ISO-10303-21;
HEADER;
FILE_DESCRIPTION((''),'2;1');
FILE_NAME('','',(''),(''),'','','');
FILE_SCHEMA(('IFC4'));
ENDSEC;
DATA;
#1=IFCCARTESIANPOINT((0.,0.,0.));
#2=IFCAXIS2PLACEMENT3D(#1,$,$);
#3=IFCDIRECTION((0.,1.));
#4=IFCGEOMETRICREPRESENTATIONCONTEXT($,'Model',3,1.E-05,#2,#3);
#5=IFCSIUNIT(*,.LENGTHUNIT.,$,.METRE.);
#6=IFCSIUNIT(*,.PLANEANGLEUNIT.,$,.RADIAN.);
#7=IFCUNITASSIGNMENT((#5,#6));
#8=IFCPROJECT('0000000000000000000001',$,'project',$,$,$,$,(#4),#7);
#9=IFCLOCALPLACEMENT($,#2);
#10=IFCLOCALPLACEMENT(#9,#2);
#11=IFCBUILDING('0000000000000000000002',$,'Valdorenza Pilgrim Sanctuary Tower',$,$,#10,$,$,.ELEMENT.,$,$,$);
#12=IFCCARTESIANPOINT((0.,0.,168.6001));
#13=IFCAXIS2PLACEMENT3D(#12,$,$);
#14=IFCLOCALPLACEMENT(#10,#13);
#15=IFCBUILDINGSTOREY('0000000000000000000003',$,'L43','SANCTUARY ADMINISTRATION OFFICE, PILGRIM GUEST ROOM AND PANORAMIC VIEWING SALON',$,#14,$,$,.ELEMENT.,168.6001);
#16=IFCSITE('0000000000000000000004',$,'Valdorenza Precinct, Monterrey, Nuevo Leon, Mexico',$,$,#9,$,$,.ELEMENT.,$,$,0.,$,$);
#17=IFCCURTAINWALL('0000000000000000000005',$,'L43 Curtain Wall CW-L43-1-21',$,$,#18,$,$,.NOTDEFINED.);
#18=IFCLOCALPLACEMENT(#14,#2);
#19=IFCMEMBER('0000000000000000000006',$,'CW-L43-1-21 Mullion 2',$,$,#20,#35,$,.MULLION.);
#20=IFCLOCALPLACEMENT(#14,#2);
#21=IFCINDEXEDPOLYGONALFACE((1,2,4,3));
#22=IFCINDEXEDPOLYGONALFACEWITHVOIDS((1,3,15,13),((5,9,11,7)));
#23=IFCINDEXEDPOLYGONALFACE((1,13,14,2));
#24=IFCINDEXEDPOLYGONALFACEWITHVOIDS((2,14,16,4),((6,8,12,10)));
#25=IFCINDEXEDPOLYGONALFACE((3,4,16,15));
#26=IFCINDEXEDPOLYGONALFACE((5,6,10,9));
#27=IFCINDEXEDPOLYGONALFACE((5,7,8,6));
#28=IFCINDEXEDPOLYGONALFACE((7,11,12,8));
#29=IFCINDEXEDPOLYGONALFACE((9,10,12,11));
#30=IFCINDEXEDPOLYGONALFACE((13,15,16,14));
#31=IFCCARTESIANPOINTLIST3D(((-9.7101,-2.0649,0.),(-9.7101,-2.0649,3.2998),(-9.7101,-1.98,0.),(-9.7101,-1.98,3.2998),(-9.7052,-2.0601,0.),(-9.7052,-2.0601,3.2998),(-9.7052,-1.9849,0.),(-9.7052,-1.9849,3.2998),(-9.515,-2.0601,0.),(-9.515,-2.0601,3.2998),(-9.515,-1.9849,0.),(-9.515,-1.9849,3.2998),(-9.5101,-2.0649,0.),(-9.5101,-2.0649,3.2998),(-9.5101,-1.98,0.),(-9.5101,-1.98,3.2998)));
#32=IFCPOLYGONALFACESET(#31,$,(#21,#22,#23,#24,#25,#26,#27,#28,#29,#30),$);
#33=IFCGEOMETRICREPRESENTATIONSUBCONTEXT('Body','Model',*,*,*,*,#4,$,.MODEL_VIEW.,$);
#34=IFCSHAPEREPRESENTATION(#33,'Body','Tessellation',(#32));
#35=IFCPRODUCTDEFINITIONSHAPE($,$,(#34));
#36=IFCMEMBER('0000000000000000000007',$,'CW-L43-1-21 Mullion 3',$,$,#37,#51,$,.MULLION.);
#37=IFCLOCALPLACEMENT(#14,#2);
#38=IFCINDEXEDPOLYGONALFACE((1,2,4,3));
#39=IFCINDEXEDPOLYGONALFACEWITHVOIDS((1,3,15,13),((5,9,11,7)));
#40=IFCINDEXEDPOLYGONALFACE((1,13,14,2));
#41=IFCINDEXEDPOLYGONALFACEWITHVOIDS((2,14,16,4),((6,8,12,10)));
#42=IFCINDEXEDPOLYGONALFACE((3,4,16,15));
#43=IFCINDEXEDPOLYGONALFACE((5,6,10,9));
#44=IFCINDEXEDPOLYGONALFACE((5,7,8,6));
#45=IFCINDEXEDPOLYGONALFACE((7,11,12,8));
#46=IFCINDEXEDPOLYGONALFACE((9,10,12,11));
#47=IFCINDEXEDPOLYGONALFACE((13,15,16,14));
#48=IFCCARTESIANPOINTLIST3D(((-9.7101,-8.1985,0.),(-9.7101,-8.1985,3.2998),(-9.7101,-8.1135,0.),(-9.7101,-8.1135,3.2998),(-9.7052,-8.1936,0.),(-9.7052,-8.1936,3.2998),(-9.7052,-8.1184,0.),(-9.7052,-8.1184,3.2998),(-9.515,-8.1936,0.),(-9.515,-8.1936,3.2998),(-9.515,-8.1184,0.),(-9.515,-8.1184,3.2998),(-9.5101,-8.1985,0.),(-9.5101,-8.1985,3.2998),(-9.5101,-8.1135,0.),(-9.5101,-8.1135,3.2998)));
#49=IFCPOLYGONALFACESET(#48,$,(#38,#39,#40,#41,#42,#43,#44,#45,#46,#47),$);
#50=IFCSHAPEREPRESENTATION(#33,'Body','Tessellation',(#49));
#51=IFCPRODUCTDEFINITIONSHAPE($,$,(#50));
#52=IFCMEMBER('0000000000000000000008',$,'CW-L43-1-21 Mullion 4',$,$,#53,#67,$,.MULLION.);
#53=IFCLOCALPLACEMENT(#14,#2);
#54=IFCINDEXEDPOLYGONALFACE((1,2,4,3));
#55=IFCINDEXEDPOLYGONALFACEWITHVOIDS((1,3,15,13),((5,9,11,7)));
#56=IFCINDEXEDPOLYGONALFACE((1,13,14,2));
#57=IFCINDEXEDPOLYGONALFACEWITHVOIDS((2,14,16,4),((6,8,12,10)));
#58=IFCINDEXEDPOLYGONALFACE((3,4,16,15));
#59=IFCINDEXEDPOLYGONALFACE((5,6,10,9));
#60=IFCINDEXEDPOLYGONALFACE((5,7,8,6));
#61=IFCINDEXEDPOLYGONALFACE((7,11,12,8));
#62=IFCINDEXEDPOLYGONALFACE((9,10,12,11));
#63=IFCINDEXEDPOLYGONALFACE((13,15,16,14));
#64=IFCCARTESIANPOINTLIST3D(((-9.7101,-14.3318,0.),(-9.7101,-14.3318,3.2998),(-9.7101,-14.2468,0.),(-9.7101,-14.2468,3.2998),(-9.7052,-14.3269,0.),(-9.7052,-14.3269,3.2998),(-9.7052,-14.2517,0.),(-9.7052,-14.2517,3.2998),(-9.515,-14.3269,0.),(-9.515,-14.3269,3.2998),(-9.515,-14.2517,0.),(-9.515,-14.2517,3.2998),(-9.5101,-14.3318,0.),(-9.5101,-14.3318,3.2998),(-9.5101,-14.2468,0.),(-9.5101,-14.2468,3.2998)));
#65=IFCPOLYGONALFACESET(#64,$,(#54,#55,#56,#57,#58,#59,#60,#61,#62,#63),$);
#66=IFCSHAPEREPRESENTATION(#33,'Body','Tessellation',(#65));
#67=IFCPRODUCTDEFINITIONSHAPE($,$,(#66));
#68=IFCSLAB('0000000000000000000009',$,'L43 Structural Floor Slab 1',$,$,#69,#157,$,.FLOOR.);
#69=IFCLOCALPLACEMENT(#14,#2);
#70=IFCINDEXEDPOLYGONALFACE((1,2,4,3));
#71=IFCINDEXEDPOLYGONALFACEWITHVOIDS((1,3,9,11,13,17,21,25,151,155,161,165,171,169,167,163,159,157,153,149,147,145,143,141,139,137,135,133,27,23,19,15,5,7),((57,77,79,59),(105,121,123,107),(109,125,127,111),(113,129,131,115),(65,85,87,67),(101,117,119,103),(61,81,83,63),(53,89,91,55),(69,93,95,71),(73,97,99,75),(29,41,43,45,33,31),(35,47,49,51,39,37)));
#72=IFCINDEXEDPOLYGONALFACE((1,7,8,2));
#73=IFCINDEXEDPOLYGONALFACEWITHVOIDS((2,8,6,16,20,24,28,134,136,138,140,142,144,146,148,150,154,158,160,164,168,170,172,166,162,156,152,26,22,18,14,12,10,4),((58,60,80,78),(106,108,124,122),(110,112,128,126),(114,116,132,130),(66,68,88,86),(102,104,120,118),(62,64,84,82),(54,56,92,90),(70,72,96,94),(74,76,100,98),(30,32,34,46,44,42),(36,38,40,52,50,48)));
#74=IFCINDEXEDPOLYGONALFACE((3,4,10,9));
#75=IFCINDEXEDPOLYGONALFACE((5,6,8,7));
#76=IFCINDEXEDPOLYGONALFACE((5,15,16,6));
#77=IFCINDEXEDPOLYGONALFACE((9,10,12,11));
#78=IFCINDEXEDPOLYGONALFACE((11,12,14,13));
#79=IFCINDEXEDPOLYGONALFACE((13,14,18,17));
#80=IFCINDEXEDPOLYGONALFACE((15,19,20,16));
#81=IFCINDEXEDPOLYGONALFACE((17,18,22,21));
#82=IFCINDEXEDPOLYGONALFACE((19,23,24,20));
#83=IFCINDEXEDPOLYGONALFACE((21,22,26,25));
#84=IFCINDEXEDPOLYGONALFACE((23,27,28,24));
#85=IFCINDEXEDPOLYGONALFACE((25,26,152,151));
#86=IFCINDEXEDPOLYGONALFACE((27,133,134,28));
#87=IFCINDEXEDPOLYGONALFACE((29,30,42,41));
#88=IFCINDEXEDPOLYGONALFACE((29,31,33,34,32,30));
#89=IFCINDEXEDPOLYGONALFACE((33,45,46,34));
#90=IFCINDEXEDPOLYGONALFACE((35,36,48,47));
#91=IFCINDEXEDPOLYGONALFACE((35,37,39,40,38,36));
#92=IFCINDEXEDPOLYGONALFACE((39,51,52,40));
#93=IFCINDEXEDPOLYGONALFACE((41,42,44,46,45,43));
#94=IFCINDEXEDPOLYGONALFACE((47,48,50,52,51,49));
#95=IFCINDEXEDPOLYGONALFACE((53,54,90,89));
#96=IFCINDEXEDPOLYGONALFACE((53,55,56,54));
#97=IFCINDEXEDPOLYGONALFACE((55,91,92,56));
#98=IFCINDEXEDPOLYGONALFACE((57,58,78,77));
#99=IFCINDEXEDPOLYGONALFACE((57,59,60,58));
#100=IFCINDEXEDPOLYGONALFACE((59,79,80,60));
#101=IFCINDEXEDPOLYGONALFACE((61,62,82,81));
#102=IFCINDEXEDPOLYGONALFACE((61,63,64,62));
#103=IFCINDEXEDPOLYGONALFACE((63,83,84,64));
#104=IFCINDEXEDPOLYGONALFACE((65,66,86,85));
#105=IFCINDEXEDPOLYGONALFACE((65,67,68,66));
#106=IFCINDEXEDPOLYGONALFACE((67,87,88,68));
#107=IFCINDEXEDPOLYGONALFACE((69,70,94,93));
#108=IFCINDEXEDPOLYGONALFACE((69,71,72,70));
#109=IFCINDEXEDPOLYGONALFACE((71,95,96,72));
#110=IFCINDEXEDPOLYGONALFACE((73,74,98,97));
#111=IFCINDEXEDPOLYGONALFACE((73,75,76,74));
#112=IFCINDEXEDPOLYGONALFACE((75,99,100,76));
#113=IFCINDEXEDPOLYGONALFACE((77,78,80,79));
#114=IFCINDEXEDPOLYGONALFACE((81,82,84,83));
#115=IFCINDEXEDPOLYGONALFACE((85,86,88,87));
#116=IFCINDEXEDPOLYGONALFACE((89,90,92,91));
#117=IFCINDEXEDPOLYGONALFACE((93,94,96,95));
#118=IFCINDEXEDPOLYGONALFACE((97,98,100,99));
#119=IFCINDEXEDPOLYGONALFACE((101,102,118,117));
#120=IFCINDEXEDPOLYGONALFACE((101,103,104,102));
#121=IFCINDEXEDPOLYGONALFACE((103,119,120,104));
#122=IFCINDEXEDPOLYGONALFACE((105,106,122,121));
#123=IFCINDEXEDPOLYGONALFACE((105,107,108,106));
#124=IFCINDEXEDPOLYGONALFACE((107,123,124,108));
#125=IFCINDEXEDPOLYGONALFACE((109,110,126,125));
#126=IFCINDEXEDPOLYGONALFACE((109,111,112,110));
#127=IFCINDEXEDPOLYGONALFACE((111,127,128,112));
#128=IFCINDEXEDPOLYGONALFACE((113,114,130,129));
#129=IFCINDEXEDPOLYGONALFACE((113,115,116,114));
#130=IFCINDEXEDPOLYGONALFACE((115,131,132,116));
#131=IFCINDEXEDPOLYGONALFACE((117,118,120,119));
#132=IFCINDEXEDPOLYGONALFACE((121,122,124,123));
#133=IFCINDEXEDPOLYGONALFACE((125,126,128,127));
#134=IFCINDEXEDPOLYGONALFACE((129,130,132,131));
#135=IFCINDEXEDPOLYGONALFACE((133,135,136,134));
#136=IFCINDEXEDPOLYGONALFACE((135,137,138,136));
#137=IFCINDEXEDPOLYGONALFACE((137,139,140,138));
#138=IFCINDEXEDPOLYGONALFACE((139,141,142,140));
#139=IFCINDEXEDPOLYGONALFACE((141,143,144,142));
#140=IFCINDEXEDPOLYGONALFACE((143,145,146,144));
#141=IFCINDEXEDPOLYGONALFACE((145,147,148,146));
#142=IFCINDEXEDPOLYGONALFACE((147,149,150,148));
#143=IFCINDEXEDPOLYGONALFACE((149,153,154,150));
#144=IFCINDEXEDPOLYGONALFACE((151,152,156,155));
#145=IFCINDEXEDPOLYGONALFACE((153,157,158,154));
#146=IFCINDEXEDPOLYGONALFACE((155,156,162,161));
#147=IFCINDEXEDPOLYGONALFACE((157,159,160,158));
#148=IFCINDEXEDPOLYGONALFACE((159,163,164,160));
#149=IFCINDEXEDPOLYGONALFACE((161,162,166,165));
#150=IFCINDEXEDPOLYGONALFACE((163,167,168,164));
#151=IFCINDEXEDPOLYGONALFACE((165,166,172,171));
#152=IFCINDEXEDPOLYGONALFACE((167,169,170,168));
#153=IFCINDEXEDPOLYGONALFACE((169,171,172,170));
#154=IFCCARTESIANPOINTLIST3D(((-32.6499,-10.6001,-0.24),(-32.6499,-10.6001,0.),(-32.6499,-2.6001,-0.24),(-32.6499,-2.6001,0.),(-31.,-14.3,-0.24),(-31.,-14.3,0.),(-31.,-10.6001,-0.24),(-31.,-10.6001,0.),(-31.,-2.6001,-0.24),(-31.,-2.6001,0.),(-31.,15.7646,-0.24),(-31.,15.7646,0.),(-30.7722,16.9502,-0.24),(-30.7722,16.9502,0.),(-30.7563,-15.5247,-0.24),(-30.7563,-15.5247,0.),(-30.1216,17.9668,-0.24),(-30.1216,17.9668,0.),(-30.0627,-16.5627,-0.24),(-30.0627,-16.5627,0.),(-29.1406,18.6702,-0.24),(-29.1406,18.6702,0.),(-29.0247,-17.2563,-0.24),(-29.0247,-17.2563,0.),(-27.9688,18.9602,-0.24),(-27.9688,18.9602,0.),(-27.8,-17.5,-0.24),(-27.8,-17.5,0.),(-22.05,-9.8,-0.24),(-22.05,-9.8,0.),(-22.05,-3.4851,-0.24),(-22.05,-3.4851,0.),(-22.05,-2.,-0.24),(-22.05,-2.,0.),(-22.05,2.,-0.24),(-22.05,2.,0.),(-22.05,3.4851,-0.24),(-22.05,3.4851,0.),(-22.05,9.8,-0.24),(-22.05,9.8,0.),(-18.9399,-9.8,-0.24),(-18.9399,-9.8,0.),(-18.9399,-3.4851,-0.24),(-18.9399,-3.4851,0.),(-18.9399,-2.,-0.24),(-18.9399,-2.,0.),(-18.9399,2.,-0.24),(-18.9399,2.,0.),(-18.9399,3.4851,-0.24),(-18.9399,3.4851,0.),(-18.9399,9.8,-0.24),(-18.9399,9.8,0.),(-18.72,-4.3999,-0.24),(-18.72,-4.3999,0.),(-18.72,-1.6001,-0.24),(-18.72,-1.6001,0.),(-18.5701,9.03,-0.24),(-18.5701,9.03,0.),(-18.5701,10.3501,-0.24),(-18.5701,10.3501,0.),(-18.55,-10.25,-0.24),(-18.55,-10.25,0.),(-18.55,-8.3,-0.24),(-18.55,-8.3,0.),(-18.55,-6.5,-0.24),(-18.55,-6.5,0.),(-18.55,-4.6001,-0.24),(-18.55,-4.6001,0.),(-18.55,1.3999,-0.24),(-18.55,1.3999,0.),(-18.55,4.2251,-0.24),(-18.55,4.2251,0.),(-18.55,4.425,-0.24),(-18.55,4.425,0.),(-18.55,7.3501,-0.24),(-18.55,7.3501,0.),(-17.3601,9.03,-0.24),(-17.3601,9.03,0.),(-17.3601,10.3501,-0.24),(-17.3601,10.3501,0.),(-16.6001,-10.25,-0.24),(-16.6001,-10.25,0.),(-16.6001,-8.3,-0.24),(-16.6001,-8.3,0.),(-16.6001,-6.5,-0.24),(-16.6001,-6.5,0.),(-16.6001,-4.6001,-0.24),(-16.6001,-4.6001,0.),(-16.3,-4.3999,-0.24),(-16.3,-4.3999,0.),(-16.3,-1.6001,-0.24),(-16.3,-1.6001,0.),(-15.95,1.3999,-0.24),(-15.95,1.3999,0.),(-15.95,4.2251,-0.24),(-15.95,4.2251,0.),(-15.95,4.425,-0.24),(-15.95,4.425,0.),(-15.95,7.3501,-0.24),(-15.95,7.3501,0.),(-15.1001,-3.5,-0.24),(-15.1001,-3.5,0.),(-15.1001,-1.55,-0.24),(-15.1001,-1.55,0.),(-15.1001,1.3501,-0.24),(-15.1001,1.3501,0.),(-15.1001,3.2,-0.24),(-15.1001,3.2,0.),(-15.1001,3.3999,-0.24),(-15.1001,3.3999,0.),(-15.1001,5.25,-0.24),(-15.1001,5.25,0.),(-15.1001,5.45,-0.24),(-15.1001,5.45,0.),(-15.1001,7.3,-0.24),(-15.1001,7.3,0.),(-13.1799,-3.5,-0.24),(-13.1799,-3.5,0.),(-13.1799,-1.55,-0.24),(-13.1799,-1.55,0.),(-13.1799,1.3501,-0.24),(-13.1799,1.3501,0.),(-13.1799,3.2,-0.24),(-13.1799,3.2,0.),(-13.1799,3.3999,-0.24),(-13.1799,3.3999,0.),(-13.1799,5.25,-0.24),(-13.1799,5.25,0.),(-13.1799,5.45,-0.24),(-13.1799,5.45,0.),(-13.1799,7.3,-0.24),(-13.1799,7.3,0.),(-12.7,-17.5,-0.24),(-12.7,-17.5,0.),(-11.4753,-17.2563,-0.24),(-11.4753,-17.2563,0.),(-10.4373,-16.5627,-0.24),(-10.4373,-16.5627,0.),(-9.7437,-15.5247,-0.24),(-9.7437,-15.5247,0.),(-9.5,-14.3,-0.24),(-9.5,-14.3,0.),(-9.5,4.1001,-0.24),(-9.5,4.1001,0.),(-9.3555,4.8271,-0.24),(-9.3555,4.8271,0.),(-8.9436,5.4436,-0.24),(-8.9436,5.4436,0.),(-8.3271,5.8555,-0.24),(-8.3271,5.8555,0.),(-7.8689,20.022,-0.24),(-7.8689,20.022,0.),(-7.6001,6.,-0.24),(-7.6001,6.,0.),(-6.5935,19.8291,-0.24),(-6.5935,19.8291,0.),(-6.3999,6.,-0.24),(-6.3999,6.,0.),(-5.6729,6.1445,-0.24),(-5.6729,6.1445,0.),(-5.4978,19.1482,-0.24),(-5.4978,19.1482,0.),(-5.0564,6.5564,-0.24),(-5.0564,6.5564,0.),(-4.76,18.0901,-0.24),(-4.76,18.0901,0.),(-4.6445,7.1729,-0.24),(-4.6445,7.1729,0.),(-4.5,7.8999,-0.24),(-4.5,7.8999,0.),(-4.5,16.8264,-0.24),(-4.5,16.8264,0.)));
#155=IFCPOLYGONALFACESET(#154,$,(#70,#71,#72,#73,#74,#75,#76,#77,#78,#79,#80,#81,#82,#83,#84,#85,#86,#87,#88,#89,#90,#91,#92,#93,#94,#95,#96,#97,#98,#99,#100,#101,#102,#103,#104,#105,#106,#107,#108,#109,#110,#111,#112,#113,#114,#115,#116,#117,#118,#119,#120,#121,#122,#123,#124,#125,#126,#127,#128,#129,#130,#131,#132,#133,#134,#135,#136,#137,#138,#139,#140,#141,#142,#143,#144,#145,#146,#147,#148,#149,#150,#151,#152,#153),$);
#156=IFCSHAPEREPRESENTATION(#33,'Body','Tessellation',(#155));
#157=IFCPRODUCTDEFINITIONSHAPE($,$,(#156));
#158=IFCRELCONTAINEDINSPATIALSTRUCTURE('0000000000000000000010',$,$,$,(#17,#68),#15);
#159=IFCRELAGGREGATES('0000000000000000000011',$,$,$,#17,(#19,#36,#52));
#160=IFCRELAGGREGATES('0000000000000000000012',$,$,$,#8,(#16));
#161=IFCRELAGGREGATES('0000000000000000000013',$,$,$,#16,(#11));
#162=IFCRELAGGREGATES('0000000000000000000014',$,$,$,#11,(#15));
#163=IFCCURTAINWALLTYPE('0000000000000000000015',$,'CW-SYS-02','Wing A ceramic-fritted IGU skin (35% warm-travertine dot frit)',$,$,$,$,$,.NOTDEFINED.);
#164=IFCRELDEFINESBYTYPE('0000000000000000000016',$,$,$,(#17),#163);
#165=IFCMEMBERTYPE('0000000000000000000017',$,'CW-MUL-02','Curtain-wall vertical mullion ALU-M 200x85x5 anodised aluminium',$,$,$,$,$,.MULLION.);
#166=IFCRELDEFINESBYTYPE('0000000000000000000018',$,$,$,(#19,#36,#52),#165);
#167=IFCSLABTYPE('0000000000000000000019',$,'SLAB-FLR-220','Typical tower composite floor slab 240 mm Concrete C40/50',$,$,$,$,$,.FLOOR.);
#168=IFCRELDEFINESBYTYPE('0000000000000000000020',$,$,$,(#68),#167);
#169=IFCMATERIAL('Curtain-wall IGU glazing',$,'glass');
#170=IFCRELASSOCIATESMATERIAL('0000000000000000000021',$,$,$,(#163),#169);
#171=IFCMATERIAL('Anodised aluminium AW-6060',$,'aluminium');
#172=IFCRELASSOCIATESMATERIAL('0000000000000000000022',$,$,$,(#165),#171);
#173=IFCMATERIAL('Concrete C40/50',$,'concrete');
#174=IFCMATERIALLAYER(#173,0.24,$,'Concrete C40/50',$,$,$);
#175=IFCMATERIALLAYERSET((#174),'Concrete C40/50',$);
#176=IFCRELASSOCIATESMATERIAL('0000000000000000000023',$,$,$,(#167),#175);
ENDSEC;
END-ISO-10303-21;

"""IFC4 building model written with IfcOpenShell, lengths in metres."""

from ifc_helpers import new_model, si_unit, direction, frame, origin, origin_2d, place, context, subcontext, project, spatial, polyline, hollow_rectangle, outline, extrude, source, transform, mapped, material, layer, layer_set, material_profile, profile_set, type_object, element, aggregate, save


model = new_model("IFC4")

# Units and contexts
model_context = context("Model", 3, precision=1e-05, world=origin(), true_north=direction((0.0, 1.0)))
body_context = subcontext(model_context, "Body", "Model", "MODEL_VIEW")
ifc_project = project(units=[si_unit("LENGTHUNIT", "METRE"), si_unit("PLANEANGLEUNIT", "RADIAN")], contexts=[model_context])

# Site, building, storey
site_placement = place(None, origin())
site = spatial("IfcSite", under=ifc_project, at=site_placement, Name="Valdorenza Precinct, Monterrey, Nuevo Leon, Mexico", CompositionType="ELEMENT", RefElevation=0.0)
building_placement = place(site_placement, origin())
building = spatial("IfcBuilding", under=site, at=building_placement, Name="Valdorenza Pilgrim Sanctuary Tower", CompositionType="ELEMENT")
storey_placement = place(building_placement, frame((0.0, 0.0, 168.6001)))
storey = spatial("IfcBuildingStorey", under=building, at=storey_placement, Name="L43", Description="SANCTUARY ADMINISTRATION OFFICE, PILGRIM GUEST ROOM AND PANORAMIC VIEWING SALON", CompositionType="ELEMENT", Elevation=168.6001)

# Curtain wall, members
ifc_material_1 = material(Name="Curtain-wall IGU glazing", Category="glass")
curtain_wall_type = type_object("IfcCurtainWallType", Name="CW-SYS-02", Description="Wing A ceramic-fritted IGU skin (35% warm-travertine dot frit)", PredefinedType="NOTDEFINED", material=ifc_material_1)
curtain_wall_placement = place(storey_placement, origin())
curtain_wall = element("IfcCurtainWall", 1, at=curtain_wall_placement, inside=storey, type_object=curtain_wall_type, Name="L43 Curtain Wall CW-L43-1-21", PredefinedType="NOTDEFINED")
ifc_material_2 = material(Name="Anodised aluminium AW-6060", Category="aluminium")
ifc_material_profile = material_profile(ifc_material_2, hollow_rectangle(XDim=0.085, YDim=0.2, WallThickness=0.0049, at=origin_2d()), Name="ALU-M 200x85x5")
ifc_profile_set = profile_set([ifc_material_profile], Name="Anodised aluminium AW-6060")
member_type = type_object("IfcMemberType", Name="CW-MUL-02", Description="Curtain-wall vertical mullion ALU-M 200x85x5 anodised aluminium", PredefinedType="MULLION", material=ifc_profile_set)
shared_shape_1 = source(origin(), body_context, "Body", "SweptSolid", [
    extrude(hollow_rectangle(XDim=0.085, YDim=0.2, WallThickness=0.0049, at=origin_2d()), origin(), (0.0, 0.0, 1.0), 3.2998),
])
member_1_placement = place(storey_placement, frame((-9.6101, -2.0225, 0.0), z_axis=(0.0, 0.0, 1.0), x_axis=(0.0, -1.0, 0.0)))
member_1 = element("IfcMember", 2, at=member_1_placement, type_object=member_type, Name="CW-L43-1-21 Mullion 2", PredefinedType="MULLION", context=body_context, shape_type="MappedRepresentation", body=[
    mapped(shared_shape_1, transform((0.0, 0.0, 0.0), x_axis=(1.0, 0.0, 0.0), y_axis=(0.0, 1.0, 0.0), z_axis=(0.0, 0.0, 1.0), scale=1.0)),
])
member_2_placement = place(storey_placement, frame((-9.6101, -8.156, 0.0), z_axis=(0.0, 0.0, 1.0), x_axis=(0.0, -1.0, 0.0)))
member_2 = element("IfcMember", 3, at=member_2_placement, type_object=member_type, Name="CW-L43-1-21 Mullion 3", PredefinedType="MULLION", context=body_context, shape_type="MappedRepresentation", body=[
    mapped(shared_shape_1, transform((0.0, 0.0, 0.0), x_axis=(1.0, 0.0, 0.0), y_axis=(0.0, 1.0, 0.0), z_axis=(0.0, 0.0, 1.0), scale=1.0)),
])
member_3_placement = place(storey_placement, frame((-9.6101, -14.2893, 0.0), z_axis=(0.0, 0.0, 1.0), x_axis=(0.0, -1.0, 0.0)))
member_3 = element("IfcMember", 4, at=member_3_placement, type_object=member_type, Name="CW-L43-1-21 Mullion 4", PredefinedType="MULLION", context=body_context, shape_type="MappedRepresentation", body=[
    mapped(shared_shape_1, transform((0.0, 0.0, 0.0), x_axis=(1.0, 0.0, 0.0), y_axis=(0.0, 1.0, 0.0), z_axis=(0.0, 0.0, 1.0), scale=1.0)),
])

# Slab
ifc_material_3 = material(Name="Concrete C40/50", Category="concrete")
ifc_layer_1 = layer(ifc_material_3, 0.24, Name="Concrete C40/50")
ifc_layer_set_1 = layer_set([ifc_layer_1], Name="Concrete C40/50")
slab_type_1 = type_object("IfcSlabType", Name="SLAB-FLR-220", Description="Typical tower composite floor slab 240 mm Concrete C40/50", PredefinedType="FLOOR", material=ifc_layer_set_1)
slab_1_placement = place(storey_placement, frame((0.0, 0.0, -0.24)))
element("IfcSlab", 5, at=slab_1_placement, inside=storey, type_object=slab_type_1, Name="L43 Structural Floor Slab 1", PredefinedType="FLOOR", context=body_context, shape_type="SweptSolid", body=[
    extrude(outline(polyline([(-32.6499, -2.6001), (-31.0, -2.6001), (-31.0, 15.7646), (-30.7722, 16.9502), (-30.1216, 17.9668), (-29.1406, 18.6702), (-27.9688, 18.9602), (-7.8689, 20.022), (-6.5935, 19.8291), (-5.4978, 19.1482), (-4.76, 18.0901), (-4.5, 16.8264), (-4.5, 7.8999), (-4.6445, 7.1729), (-5.0564, 6.5564), (-5.6729, 6.1445), (-6.3999, 6.0), (-7.6001, 6.0), (-8.3271, 5.8555), (-8.9436, 5.4436), (-9.3555, 4.8271), (-9.5, 4.1001), (-9.5, -14.3), (-9.7437, -15.5247), (-10.4373, -16.5627), (-11.4753, -17.2563), (-12.7, -17.5), (-27.8, -17.5), (-29.0247, -17.2563), (-30.0627, -16.5627), (-30.7563, -15.5247), (-31.0, -14.3), (-31.0, -10.6001), (-32.6499, -10.6001), (-32.6499, -2.6001)]), holes=[polyline([(-16.6001, -10.25), (-16.6001, -8.3), (-18.55, -8.3), (-18.55, -10.25), (-16.6001, -10.25)]), polyline([(-22.05, -9.8), (-18.9399, -9.8), (-18.9399, -3.4851), (-18.9399, -2.0), (-22.05, -2.0), (-22.05, -3.4851), (-22.05, -9.8)]), polyline([(-16.6001, -6.5), (-16.6001, -4.6001), (-18.55, -4.6001), (-18.55, -6.5), (-16.6001, -6.5)]), polyline([(-18.72, -4.3999), (-16.3, -4.3999), (-16.3, -1.6001), (-18.72, -1.6001), (-18.72, -4.3999)]), polyline([(-13.1799, 1.3501), (-13.1799, 3.2), (-15.1001, 3.2), (-15.1001, 1.3501), (-13.1799, 1.3501)]), polyline([(-22.05, 2.0), (-18.9399, 2.0), (-18.9399, 3.4851), (-18.9399, 9.8), (-22.05, 9.8), (-22.05, 3.4851), (-22.05, 2.0)]), polyline([(-15.95, 1.3999), (-15.95, 4.2251), (-18.55, 4.2251), (-18.55, 1.3999), (-15.95, 1.3999)]), polyline([(-18.55, 4.425), (-15.95, 4.425), (-15.95, 7.3501), (-18.55, 7.3501), (-18.55, 4.425)]), polyline([(-17.3601, 9.03), (-17.3601, 10.3501), (-18.5701, 10.3501), (-18.5701, 9.03), (-17.3601, 9.03)]), polyline([(-13.1799, -3.5), (-13.1799, -1.55), (-15.1001, -1.55), (-15.1001, -3.5), (-13.1799, -3.5)]), polyline([(-13.1799, 3.3999), (-13.1799, 5.25), (-15.1001, 5.25), (-15.1001, 3.3999), (-13.1799, 3.3999)]), polyline([(-13.1799, 5.45), (-13.1799, 7.3), (-15.1001, 7.3), (-15.1001, 5.45), (-13.1799, 5.45)])]), origin(), (0.0, 0.0, 1.0), 0.24),
])

aggregate(curtain_wall, [member_1, member_2, member_3])

save(model, "model.ifc")
